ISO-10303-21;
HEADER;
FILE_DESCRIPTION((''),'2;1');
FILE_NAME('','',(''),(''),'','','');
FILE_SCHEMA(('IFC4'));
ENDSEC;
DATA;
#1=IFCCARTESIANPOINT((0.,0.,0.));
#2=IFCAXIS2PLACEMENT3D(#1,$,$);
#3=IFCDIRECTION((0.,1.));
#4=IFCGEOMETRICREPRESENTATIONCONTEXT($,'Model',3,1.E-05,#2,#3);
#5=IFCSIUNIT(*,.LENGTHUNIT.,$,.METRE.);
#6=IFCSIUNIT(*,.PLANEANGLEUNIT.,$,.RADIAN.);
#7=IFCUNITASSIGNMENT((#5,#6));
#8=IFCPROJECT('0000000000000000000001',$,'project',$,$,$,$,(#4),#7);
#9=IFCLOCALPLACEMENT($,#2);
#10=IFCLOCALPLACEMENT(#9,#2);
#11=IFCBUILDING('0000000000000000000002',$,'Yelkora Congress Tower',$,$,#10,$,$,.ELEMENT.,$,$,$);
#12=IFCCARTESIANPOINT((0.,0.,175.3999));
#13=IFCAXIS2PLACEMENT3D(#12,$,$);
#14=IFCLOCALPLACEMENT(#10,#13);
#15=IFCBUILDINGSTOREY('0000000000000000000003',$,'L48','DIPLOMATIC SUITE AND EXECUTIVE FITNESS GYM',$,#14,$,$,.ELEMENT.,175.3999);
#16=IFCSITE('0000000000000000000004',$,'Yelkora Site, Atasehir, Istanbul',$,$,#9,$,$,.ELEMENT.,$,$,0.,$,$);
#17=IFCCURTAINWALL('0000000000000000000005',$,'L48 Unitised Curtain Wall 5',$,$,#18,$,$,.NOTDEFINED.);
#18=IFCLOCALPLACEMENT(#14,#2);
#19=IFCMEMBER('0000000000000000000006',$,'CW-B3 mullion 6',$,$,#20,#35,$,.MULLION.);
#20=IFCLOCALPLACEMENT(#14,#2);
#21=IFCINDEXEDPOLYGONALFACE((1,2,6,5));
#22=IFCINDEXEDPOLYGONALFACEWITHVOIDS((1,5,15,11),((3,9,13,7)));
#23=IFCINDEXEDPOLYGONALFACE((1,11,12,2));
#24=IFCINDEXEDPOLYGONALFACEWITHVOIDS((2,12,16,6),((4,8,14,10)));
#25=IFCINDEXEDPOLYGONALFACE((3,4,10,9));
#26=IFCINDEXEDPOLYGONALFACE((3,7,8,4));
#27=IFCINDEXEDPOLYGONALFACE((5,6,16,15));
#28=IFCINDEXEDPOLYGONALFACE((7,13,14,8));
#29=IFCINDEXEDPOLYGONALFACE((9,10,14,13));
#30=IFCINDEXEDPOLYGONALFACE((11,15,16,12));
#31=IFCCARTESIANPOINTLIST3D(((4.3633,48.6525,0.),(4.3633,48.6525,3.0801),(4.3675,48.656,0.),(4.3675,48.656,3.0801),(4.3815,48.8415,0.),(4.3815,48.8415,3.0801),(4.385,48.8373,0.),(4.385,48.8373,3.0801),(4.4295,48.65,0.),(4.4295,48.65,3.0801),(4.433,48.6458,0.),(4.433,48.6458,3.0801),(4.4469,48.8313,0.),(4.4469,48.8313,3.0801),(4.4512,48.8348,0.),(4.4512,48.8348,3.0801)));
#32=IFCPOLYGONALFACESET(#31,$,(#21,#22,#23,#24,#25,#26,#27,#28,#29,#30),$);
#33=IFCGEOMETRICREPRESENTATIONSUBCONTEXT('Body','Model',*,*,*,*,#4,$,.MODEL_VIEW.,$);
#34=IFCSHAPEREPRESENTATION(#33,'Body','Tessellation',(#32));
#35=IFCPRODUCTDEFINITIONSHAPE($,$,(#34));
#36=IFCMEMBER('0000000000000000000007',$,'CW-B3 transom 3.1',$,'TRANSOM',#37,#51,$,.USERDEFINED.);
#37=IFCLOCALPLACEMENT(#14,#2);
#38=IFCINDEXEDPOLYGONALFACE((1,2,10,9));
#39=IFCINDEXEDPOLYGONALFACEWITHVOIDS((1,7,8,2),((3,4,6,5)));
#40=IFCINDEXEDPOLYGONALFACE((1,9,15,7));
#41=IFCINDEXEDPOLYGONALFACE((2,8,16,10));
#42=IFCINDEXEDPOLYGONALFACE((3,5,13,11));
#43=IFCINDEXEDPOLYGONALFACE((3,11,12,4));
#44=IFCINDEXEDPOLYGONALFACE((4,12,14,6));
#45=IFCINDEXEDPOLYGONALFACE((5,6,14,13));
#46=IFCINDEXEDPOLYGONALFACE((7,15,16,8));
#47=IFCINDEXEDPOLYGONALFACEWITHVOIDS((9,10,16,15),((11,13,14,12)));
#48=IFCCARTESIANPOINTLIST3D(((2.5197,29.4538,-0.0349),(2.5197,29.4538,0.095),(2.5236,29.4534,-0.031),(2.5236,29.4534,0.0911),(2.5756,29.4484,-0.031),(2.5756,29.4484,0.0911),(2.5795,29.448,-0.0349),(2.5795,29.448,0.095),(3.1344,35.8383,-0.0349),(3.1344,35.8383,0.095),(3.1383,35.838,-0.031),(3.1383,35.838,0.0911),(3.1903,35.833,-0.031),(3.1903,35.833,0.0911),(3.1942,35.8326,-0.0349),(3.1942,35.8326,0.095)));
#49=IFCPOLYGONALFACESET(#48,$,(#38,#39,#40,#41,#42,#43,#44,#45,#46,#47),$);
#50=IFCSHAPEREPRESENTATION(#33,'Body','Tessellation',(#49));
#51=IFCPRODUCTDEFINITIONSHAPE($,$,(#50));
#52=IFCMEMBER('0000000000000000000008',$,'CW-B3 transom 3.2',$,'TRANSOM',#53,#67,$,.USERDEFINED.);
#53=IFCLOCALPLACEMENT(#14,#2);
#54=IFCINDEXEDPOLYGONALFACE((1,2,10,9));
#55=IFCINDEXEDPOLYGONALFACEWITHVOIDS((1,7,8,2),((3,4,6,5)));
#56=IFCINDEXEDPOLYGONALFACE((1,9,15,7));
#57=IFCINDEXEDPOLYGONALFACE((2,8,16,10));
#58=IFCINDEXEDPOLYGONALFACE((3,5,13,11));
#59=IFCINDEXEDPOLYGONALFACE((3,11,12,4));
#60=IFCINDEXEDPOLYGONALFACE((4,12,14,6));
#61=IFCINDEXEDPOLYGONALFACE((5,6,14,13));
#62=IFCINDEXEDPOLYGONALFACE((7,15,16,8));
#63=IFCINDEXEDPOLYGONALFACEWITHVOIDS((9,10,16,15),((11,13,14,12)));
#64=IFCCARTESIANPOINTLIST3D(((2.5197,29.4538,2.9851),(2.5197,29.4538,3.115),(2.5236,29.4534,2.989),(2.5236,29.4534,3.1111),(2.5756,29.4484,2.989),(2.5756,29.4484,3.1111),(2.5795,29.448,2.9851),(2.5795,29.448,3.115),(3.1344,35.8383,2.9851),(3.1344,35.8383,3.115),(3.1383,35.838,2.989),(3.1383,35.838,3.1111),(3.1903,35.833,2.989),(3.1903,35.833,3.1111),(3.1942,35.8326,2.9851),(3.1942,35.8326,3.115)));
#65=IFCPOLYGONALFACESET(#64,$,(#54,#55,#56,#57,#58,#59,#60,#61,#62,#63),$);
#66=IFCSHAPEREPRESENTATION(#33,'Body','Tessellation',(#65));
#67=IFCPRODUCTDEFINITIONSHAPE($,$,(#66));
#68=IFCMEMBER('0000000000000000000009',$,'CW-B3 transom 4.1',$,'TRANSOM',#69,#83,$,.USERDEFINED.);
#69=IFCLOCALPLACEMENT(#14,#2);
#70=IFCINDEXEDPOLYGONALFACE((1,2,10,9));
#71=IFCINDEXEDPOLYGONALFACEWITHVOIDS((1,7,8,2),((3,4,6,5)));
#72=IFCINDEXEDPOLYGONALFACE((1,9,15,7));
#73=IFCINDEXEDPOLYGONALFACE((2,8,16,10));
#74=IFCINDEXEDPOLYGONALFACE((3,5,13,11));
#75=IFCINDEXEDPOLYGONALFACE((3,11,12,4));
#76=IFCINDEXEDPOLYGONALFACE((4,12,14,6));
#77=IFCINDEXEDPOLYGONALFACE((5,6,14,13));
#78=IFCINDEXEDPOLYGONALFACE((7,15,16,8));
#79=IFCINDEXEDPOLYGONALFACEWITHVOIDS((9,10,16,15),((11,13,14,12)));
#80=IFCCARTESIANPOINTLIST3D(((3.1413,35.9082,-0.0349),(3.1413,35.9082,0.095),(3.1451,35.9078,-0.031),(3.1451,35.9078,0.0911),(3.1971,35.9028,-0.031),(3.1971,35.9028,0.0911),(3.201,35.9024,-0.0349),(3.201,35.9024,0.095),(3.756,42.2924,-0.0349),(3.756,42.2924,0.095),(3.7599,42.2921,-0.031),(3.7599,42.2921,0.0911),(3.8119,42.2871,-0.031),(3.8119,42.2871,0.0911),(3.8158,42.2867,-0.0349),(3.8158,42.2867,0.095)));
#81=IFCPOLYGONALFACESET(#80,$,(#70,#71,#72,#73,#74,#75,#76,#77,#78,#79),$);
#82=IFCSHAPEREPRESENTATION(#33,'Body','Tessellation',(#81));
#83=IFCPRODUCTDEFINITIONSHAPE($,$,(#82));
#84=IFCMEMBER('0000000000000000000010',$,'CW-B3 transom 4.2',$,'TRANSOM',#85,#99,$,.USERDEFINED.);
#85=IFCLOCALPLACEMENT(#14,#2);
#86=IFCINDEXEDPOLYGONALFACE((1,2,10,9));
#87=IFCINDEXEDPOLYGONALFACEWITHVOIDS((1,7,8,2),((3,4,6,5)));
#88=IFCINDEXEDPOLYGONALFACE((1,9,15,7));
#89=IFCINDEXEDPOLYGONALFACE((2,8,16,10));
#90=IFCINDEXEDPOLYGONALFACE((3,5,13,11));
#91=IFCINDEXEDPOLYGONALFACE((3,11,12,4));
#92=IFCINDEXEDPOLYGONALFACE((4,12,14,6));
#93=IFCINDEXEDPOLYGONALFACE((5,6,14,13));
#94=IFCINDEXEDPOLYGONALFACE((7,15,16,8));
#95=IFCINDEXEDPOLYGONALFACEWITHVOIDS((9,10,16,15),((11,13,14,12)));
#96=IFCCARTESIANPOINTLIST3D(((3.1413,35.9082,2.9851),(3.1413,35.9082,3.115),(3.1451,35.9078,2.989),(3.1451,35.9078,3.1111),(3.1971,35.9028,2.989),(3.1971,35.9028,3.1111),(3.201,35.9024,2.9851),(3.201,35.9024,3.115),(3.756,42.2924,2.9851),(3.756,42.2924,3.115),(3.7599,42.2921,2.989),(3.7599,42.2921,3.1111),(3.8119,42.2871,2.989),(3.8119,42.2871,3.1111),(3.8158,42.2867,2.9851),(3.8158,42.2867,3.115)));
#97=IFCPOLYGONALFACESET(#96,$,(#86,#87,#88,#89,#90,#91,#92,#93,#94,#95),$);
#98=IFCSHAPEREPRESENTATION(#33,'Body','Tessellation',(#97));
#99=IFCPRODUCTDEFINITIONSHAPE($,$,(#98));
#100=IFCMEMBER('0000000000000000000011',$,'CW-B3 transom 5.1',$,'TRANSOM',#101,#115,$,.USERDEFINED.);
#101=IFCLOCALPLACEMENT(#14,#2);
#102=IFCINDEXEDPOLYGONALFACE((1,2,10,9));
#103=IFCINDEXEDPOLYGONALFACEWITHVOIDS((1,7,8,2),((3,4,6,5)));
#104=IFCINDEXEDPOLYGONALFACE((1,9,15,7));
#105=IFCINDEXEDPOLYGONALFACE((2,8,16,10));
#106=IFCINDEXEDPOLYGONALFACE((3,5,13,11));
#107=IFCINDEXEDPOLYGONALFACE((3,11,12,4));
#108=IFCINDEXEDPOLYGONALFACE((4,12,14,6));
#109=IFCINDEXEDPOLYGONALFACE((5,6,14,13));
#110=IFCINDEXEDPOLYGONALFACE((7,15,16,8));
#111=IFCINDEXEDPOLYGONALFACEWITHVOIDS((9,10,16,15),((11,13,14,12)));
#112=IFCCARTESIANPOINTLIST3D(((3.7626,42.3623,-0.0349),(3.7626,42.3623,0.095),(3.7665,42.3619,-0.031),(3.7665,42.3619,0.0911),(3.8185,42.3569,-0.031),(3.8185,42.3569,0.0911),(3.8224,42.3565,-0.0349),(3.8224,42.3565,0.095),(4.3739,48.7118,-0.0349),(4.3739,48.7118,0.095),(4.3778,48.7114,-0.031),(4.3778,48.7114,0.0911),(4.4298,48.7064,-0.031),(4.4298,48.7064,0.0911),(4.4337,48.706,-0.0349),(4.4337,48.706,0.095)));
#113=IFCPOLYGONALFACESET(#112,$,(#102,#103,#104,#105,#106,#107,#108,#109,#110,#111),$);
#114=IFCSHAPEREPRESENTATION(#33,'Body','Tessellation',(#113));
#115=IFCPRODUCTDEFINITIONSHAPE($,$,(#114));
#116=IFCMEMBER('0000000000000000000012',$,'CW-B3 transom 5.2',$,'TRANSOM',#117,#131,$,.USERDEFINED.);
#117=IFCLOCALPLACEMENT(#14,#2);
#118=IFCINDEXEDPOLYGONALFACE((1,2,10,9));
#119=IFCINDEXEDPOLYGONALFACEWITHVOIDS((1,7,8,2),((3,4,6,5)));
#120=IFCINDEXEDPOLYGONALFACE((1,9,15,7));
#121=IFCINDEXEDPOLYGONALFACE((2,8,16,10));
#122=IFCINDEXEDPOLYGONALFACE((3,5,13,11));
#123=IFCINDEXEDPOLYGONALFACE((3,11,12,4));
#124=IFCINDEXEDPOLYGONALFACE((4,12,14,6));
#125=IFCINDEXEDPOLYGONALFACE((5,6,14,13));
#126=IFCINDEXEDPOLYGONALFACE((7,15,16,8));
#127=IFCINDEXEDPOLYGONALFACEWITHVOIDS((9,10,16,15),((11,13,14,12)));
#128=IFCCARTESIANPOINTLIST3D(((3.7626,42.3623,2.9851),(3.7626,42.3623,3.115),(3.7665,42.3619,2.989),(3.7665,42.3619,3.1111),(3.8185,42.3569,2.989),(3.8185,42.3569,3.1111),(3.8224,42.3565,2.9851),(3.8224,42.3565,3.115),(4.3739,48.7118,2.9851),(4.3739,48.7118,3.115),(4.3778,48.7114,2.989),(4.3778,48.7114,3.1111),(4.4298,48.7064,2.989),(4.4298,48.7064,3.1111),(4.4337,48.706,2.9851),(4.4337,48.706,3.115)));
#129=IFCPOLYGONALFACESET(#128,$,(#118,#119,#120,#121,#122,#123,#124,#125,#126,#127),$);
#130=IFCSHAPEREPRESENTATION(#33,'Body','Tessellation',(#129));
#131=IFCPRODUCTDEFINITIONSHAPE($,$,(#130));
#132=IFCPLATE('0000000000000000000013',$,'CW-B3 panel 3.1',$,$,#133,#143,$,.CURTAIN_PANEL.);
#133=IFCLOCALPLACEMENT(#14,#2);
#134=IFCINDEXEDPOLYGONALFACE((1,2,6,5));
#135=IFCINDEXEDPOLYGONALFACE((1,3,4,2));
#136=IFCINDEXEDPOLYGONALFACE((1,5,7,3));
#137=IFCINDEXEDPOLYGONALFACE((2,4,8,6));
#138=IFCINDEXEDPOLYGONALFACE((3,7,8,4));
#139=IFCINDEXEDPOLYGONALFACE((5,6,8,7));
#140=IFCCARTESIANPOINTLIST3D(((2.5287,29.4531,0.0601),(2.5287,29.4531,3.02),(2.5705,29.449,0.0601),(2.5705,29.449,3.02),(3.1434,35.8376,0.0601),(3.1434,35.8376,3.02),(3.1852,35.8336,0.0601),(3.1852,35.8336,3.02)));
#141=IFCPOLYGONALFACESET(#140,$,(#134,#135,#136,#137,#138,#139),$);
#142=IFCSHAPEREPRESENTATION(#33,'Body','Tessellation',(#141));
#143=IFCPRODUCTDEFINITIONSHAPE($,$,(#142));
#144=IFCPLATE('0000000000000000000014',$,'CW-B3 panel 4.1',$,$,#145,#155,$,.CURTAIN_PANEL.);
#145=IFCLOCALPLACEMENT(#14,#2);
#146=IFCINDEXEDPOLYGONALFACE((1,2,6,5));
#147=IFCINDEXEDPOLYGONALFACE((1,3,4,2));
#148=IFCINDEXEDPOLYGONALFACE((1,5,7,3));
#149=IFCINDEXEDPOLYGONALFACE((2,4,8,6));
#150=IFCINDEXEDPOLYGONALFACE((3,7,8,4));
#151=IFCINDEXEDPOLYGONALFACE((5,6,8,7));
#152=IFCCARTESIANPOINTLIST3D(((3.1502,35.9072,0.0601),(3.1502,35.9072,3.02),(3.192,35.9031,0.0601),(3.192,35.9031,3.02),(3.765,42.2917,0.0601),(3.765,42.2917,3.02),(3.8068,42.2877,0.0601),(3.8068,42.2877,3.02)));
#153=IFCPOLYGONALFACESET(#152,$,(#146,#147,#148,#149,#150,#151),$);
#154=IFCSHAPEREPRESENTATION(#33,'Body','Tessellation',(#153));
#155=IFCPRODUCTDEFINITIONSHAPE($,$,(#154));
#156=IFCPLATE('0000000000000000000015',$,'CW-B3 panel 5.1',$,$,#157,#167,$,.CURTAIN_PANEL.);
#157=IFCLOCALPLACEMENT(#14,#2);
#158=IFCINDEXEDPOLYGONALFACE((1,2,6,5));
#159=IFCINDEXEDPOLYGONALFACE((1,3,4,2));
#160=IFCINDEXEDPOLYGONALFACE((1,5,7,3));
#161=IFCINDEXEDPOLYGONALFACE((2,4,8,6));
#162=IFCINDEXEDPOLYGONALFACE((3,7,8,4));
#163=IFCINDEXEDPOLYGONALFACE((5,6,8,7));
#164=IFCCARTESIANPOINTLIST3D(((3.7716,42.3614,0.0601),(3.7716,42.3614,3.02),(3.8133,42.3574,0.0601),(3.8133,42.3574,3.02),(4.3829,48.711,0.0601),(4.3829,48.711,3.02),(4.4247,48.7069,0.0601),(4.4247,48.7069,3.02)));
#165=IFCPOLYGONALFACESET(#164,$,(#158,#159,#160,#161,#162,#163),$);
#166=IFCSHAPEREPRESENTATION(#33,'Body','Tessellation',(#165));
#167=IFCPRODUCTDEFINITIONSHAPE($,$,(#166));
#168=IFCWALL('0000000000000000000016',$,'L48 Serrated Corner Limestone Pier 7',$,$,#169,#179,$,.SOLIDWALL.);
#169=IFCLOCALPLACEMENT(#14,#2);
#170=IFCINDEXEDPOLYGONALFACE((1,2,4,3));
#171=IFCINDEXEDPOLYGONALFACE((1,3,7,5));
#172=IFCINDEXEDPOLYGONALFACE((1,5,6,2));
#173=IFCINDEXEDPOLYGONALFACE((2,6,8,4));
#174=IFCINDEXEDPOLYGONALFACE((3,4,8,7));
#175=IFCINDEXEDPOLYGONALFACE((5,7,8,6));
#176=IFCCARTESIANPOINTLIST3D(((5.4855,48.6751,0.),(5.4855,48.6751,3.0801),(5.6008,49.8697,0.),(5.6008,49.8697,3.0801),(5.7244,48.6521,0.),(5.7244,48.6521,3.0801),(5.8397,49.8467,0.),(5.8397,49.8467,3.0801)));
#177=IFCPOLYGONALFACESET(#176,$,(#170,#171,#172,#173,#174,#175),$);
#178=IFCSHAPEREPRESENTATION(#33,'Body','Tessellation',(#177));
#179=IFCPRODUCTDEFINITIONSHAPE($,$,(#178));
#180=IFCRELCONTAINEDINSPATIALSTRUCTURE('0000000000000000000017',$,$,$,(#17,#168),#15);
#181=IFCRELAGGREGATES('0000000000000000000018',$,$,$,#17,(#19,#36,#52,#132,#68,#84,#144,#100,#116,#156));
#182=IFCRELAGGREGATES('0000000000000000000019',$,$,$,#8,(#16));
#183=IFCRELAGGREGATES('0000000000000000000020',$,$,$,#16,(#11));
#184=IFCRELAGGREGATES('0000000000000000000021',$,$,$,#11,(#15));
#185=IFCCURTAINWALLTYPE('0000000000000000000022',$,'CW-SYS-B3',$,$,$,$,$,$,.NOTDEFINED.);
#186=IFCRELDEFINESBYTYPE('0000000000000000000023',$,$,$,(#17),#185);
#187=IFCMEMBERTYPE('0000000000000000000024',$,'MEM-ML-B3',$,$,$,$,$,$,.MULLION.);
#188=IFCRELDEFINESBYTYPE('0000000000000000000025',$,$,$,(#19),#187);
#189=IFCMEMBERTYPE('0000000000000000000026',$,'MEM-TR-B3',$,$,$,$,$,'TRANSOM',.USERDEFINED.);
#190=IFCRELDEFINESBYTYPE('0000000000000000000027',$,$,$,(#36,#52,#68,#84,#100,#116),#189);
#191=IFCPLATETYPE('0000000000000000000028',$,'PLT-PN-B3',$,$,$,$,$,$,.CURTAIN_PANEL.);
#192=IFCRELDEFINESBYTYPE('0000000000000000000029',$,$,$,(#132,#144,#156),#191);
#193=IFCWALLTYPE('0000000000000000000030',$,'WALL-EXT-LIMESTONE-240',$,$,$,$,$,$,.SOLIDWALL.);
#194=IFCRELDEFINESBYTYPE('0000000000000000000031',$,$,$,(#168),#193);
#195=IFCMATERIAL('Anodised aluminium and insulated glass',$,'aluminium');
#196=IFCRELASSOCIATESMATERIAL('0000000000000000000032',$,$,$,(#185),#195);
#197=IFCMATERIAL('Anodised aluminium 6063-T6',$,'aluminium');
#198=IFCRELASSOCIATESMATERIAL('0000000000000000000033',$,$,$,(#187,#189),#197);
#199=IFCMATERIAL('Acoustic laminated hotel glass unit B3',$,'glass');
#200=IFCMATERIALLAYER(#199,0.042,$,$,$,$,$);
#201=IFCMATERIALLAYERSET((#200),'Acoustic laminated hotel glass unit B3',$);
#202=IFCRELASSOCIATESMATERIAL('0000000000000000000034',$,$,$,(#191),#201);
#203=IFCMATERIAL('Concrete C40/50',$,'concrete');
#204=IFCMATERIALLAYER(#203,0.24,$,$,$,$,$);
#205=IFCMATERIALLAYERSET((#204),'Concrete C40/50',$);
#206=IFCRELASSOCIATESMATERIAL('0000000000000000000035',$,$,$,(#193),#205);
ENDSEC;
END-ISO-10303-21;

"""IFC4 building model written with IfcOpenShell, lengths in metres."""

from ifc_helpers import new_model, si_unit, direction, frame, frame_2d, origin, origin_2d, place, context, subcontext, project, spatial, rectangle, hollow_rectangle, extrude, material, layer, layer_set, material_profile, profile_set, type_object, element, aggregate, save


model = new_model("IFC4")

# Units and contexts
model_context = context("Model", 3, precision=1e-05, world=origin(), true_north=direction((0.0, 1.0)))
body_context = subcontext(model_context, "Body", "Model", "MODEL_VIEW")
ifc_project = project(units=[si_unit("LENGTHUNIT", "METRE"), si_unit("PLANEANGLEUNIT", "RADIAN")], contexts=[model_context])

# Site, building, storey
site_placement = place(None, origin())
site = spatial("IfcSite", under=ifc_project, at=site_placement, Name="Yelkora Site, Atasehir, Istanbul", CompositionType="ELEMENT", RefElevation=0.0)
building_placement = place(site_placement, origin())
building = spatial("IfcBuilding", under=site, at=building_placement, Name="Yelkora Congress Tower", CompositionType="ELEMENT")
storey_placement = place(building_placement, frame((0.0, 0.0, 175.3999)))
storey = spatial("IfcBuildingStorey", under=building, at=storey_placement, Name="L48", Description="DIPLOMATIC SUITE AND EXECUTIVE FITNESS GYM", CompositionType="ELEMENT", Elevation=175.3999)

# Curtain wall, members, plates
ifc_material_1 = material(Name="Anodised aluminium and insulated glass", Category="aluminium")
curtain_wall_type = type_object("IfcCurtainWallType", Name="CW-SYS-B3", PredefinedType="NOTDEFINED", material=ifc_material_1)
curtain_wall_placement = place(storey_placement, origin())
curtain_wall = element("IfcCurtainWall", 1, at=curtain_wall_placement, inside=storey, type_object=curtain_wall_type, Name="L48 Unitised Curtain Wall 5", PredefinedType="NOTDEFINED")
ifc_material_2 = material(Name="Anodised aluminium 6063-T6", Category="aluminium")
ifc_material_profile_1 = material_profile(ifc_material_2, hollow_rectangle(XDim=0.0701, YDim=0.1899, WallThickness=0.0039, at=origin_2d()), Name="ALU 70x190x4")
ifc_profile_set_1 = profile_set([ifc_material_profile_1], Name="Anodised aluminium 6063-T6")
member_type_1 = type_object("IfcMemberType", Name="MEM-ML-B3", PredefinedType="MULLION", material=ifc_profile_set_1)
member_1_placement = place(storey_placement, frame((4.4072, 48.7437, 0.0), z_axis=(0.0, 0.0, 1.0), x_axis=(-0.995396, 0.095845, 0.0)))
member_1 = element("IfcMember", 2, at=member_1_placement, type_object=member_type_1, Name="CW-B3 mullion 6", PredefinedType="MULLION", context=body_context, shape_type="SweptSolid", body=[
    extrude(hollow_rectangle(XDim=0.0701, YDim=0.1899, WallThickness=0.0039, at=origin_2d()), origin(), (0.0, 0.0, 1.0), 3.0801),
])
ifc_material_profile_2 = material_profile(ifc_material_2, hollow_rectangle(XDim=0.0601, YDim=0.1299, WallThickness=0.0039, at=origin_2d()), Name="ALU 60x130x4")
ifc_profile_set_2 = profile_set([ifc_material_profile_2], Name="Anodised aluminium 6063-T6")
member_type_2 = type_object("IfcMemberType", Name="MEM-TR-B3", ElementType="TRANSOM", PredefinedType="USERDEFINED", material=ifc_profile_set_2)
member_2_placement = place(storey_placement, frame((2.5496, 29.4509, 0.03), z_axis=(0.095844, 0.995396, 0.0), x_axis=(-0.995396, 0.095844, 0.0)))
member_2 = element("IfcMember", 3, at=member_2_placement, type_object=member_type_2, Name="CW-B3 transom 3.1", ObjectType="TRANSOM", PredefinedType="USERDEFINED", context=body_context, shape_type="SweptSolid", body=[
    extrude(hollow_rectangle(XDim=0.0601, YDim=0.1299, WallThickness=0.0039, at=origin_2d()), origin(), (0.0, 0.0, 1.0), 6.4141),
])
member_3_placement = place(storey_placement, frame((2.5496, 29.4509, 3.05), z_axis=(0.095844, 0.995396, 0.0), x_axis=(-0.995396, 0.095844, 0.0)))
member_3 = element("IfcMember", 4, at=member_3_placement, type_object=member_type_2, Name="CW-B3 transom 3.2", ObjectType="TRANSOM", PredefinedType="USERDEFINED", context=body_context, shape_type="SweptSolid", body=[
    extrude(hollow_rectangle(XDim=0.0601, YDim=0.1299, WallThickness=0.0039, at=origin_2d()), origin(), (0.0, 0.0, 1.0), 6.4141),
])
member_4_placement = place(storey_placement, frame((3.1711, 35.9053, 0.03), z_axis=(0.095847, 0.995396, 0.0), x_axis=(-0.995396, 0.095847, 0.0)))
member_4 = element("IfcMember", 5, at=member_4_placement, type_object=member_type_2, Name="CW-B3 transom 4.1", ObjectType="TRANSOM", PredefinedType="USERDEFINED", context=body_context, shape_type="SweptSolid", body=[
    extrude(hollow_rectangle(XDim=0.0601, YDim=0.1299, WallThickness=0.0039, at=origin_2d()), origin(), (0.0, 0.0, 1.0), 6.4138),
])
member_5_placement = place(storey_placement, frame((3.1711, 35.9053, 3.05), z_axis=(0.095847, 0.995396, 0.0), x_axis=(-0.995396, 0.095847, 0.0)))
member_5 = element("IfcMember", 6, at=member_5_placement, type_object=member_type_2, Name="CW-B3 transom 4.2", ObjectType="TRANSOM", PredefinedType="USERDEFINED", context=body_context, shape_type="SweptSolid", body=[
    extrude(hollow_rectangle(XDim=0.0601, YDim=0.1299, WallThickness=0.0039, at=origin_2d()), origin(), (0.0, 0.0, 1.0), 6.4138),
])
member_6_placement = place(storey_placement, frame((3.7925, 42.3594, 0.03), z_axis=(0.095835, 0.995397, 0.0), x_axis=(-0.995397, 0.095835, 0.0)))
member_6 = element("IfcMember", 7, at=member_6_placement, type_object=member_type_2, Name="CW-B3 transom 5.1", ObjectType="TRANSOM", PredefinedType="USERDEFINED", context=body_context, shape_type="SweptSolid", body=[
    extrude(hollow_rectangle(XDim=0.0601, YDim=0.1299, WallThickness=0.0039, at=origin_2d()), origin(), (0.0, 0.0, 1.0), 6.3789),
])
member_7_placement = place(storey_placement, frame((3.7925, 42.3594, 3.05), z_axis=(0.095835, 0.995397, 0.0), x_axis=(-0.995397, 0.095835, 0.0)))
member_7 = element("IfcMember", 8, at=member_7_placement, type_object=member_type_2, Name="CW-B3 transom 5.2", ObjectType="TRANSOM", PredefinedType="USERDEFINED", context=body_context, shape_type="SweptSolid", body=[
    extrude(hollow_rectangle(XDim=0.0601, YDim=0.1299, WallThickness=0.0039, at=origin_2d()), origin(), (0.0, 0.0, 1.0), 6.3789),
])
ifc_material_3 = material(Name="Acoustic laminated hotel glass unit B3", Category="glass")
ifc_layer_1 = layer(ifc_material_3, 0.042)
ifc_layer_set_1 = layer_set([ifc_layer_1], Name="Acoustic laminated hotel glass unit B3")
plate_type = type_object("IfcPlateType", Name="PLT-PN-B3", PredefinedType="CURTAIN_PANEL", material=ifc_layer_set_1)
plate_1_placement = place(storey_placement, frame((2.8569, 32.6433, 0.0601), z_axis=(0.0, 0.0, 1.0), x_axis=(0.095845, 0.995396, 0.0)))
plate_1 = element("IfcPlate", 9, at=plate_1_placement, type_object=plate_type, Name="CW-B3 panel 3.1", PredefinedType="CURTAIN_PANEL", context=body_context, shape_type="SweptSolid", body=[
    extrude(rectangle(XDim=6.4141, YDim=0.042, at=origin_2d()), origin(), (0.0, 0.0, 1.0), 2.96),
])
plate_2_placement = place(storey_placement, frame((3.4785, 39.0974, 0.0601), z_axis=(0.0, 0.0, 1.0), x_axis=(0.095845, 0.995396, 0.0)))
plate_2 = element("IfcPlate", 10, at=plate_2_placement, type_object=plate_type, Name="CW-B3 panel 4.1", PredefinedType="CURTAIN_PANEL", context=body_context, shape_type="SweptSolid", body=[
    extrude(rectangle(XDim=6.4141, YDim=0.042, at=origin_2d()), origin(), (0.0, 0.0, 1.0), 2.96),
])
plate_3_placement = place(storey_placement, frame((4.0981, 45.5342, 0.0601), z_axis=(0.0, 0.0, 1.0), x_axis=(0.095845, 0.995396, 0.0)))
plate_3 = element("IfcPlate", 11, at=plate_3_placement, type_object=plate_type, Name="CW-B3 panel 5.1", PredefinedType="CURTAIN_PANEL", context=body_context, shape_type="SweptSolid", body=[
    extrude(rectangle(XDim=6.3789, YDim=0.042, at=origin_2d()), origin(), (0.0, 0.0, 1.0), 2.96),
])
aggregate(curtain_wall, [member_1, member_2, member_3, plate_1, member_4, member_5, plate_2, member_6, member_7, plate_3])

# Wall
ifc_material_4 = material(Name="Concrete C40/50", Category="concrete")
ifc_layer_2 = layer(ifc_material_4, 0.24)
ifc_layer_set_2 = layer_set([ifc_layer_2], Name="Concrete C40/50")
wall_type_1 = type_object("IfcWallType", Name="WALL-EXT-LIMESTONE-240", PredefinedType="SOLIDWALL", material=ifc_layer_set_2)
wall_1_placement = place(storey_placement, frame((5.605, 48.6636, 0.0), z_axis=(0.0, 0.0, 1.0), x_axis=(0.096019, 0.99538, 0.0)))
element("IfcWall", 12, at=wall_1_placement, inside=storey, type_object=wall_type_1, Name="L48 Serrated Corner Limestone Pier 7", PredefinedType="SOLIDWALL", context=body_context, shape_type="SweptSolid", body=[
    extrude(rectangle(XDim=1.2002, YDim=0.24, at=frame_2d((0.6001, 0.0))), origin(), (0.0, 0.0, 1.0), 3.0801),
])

save(model, "model.ifc")
